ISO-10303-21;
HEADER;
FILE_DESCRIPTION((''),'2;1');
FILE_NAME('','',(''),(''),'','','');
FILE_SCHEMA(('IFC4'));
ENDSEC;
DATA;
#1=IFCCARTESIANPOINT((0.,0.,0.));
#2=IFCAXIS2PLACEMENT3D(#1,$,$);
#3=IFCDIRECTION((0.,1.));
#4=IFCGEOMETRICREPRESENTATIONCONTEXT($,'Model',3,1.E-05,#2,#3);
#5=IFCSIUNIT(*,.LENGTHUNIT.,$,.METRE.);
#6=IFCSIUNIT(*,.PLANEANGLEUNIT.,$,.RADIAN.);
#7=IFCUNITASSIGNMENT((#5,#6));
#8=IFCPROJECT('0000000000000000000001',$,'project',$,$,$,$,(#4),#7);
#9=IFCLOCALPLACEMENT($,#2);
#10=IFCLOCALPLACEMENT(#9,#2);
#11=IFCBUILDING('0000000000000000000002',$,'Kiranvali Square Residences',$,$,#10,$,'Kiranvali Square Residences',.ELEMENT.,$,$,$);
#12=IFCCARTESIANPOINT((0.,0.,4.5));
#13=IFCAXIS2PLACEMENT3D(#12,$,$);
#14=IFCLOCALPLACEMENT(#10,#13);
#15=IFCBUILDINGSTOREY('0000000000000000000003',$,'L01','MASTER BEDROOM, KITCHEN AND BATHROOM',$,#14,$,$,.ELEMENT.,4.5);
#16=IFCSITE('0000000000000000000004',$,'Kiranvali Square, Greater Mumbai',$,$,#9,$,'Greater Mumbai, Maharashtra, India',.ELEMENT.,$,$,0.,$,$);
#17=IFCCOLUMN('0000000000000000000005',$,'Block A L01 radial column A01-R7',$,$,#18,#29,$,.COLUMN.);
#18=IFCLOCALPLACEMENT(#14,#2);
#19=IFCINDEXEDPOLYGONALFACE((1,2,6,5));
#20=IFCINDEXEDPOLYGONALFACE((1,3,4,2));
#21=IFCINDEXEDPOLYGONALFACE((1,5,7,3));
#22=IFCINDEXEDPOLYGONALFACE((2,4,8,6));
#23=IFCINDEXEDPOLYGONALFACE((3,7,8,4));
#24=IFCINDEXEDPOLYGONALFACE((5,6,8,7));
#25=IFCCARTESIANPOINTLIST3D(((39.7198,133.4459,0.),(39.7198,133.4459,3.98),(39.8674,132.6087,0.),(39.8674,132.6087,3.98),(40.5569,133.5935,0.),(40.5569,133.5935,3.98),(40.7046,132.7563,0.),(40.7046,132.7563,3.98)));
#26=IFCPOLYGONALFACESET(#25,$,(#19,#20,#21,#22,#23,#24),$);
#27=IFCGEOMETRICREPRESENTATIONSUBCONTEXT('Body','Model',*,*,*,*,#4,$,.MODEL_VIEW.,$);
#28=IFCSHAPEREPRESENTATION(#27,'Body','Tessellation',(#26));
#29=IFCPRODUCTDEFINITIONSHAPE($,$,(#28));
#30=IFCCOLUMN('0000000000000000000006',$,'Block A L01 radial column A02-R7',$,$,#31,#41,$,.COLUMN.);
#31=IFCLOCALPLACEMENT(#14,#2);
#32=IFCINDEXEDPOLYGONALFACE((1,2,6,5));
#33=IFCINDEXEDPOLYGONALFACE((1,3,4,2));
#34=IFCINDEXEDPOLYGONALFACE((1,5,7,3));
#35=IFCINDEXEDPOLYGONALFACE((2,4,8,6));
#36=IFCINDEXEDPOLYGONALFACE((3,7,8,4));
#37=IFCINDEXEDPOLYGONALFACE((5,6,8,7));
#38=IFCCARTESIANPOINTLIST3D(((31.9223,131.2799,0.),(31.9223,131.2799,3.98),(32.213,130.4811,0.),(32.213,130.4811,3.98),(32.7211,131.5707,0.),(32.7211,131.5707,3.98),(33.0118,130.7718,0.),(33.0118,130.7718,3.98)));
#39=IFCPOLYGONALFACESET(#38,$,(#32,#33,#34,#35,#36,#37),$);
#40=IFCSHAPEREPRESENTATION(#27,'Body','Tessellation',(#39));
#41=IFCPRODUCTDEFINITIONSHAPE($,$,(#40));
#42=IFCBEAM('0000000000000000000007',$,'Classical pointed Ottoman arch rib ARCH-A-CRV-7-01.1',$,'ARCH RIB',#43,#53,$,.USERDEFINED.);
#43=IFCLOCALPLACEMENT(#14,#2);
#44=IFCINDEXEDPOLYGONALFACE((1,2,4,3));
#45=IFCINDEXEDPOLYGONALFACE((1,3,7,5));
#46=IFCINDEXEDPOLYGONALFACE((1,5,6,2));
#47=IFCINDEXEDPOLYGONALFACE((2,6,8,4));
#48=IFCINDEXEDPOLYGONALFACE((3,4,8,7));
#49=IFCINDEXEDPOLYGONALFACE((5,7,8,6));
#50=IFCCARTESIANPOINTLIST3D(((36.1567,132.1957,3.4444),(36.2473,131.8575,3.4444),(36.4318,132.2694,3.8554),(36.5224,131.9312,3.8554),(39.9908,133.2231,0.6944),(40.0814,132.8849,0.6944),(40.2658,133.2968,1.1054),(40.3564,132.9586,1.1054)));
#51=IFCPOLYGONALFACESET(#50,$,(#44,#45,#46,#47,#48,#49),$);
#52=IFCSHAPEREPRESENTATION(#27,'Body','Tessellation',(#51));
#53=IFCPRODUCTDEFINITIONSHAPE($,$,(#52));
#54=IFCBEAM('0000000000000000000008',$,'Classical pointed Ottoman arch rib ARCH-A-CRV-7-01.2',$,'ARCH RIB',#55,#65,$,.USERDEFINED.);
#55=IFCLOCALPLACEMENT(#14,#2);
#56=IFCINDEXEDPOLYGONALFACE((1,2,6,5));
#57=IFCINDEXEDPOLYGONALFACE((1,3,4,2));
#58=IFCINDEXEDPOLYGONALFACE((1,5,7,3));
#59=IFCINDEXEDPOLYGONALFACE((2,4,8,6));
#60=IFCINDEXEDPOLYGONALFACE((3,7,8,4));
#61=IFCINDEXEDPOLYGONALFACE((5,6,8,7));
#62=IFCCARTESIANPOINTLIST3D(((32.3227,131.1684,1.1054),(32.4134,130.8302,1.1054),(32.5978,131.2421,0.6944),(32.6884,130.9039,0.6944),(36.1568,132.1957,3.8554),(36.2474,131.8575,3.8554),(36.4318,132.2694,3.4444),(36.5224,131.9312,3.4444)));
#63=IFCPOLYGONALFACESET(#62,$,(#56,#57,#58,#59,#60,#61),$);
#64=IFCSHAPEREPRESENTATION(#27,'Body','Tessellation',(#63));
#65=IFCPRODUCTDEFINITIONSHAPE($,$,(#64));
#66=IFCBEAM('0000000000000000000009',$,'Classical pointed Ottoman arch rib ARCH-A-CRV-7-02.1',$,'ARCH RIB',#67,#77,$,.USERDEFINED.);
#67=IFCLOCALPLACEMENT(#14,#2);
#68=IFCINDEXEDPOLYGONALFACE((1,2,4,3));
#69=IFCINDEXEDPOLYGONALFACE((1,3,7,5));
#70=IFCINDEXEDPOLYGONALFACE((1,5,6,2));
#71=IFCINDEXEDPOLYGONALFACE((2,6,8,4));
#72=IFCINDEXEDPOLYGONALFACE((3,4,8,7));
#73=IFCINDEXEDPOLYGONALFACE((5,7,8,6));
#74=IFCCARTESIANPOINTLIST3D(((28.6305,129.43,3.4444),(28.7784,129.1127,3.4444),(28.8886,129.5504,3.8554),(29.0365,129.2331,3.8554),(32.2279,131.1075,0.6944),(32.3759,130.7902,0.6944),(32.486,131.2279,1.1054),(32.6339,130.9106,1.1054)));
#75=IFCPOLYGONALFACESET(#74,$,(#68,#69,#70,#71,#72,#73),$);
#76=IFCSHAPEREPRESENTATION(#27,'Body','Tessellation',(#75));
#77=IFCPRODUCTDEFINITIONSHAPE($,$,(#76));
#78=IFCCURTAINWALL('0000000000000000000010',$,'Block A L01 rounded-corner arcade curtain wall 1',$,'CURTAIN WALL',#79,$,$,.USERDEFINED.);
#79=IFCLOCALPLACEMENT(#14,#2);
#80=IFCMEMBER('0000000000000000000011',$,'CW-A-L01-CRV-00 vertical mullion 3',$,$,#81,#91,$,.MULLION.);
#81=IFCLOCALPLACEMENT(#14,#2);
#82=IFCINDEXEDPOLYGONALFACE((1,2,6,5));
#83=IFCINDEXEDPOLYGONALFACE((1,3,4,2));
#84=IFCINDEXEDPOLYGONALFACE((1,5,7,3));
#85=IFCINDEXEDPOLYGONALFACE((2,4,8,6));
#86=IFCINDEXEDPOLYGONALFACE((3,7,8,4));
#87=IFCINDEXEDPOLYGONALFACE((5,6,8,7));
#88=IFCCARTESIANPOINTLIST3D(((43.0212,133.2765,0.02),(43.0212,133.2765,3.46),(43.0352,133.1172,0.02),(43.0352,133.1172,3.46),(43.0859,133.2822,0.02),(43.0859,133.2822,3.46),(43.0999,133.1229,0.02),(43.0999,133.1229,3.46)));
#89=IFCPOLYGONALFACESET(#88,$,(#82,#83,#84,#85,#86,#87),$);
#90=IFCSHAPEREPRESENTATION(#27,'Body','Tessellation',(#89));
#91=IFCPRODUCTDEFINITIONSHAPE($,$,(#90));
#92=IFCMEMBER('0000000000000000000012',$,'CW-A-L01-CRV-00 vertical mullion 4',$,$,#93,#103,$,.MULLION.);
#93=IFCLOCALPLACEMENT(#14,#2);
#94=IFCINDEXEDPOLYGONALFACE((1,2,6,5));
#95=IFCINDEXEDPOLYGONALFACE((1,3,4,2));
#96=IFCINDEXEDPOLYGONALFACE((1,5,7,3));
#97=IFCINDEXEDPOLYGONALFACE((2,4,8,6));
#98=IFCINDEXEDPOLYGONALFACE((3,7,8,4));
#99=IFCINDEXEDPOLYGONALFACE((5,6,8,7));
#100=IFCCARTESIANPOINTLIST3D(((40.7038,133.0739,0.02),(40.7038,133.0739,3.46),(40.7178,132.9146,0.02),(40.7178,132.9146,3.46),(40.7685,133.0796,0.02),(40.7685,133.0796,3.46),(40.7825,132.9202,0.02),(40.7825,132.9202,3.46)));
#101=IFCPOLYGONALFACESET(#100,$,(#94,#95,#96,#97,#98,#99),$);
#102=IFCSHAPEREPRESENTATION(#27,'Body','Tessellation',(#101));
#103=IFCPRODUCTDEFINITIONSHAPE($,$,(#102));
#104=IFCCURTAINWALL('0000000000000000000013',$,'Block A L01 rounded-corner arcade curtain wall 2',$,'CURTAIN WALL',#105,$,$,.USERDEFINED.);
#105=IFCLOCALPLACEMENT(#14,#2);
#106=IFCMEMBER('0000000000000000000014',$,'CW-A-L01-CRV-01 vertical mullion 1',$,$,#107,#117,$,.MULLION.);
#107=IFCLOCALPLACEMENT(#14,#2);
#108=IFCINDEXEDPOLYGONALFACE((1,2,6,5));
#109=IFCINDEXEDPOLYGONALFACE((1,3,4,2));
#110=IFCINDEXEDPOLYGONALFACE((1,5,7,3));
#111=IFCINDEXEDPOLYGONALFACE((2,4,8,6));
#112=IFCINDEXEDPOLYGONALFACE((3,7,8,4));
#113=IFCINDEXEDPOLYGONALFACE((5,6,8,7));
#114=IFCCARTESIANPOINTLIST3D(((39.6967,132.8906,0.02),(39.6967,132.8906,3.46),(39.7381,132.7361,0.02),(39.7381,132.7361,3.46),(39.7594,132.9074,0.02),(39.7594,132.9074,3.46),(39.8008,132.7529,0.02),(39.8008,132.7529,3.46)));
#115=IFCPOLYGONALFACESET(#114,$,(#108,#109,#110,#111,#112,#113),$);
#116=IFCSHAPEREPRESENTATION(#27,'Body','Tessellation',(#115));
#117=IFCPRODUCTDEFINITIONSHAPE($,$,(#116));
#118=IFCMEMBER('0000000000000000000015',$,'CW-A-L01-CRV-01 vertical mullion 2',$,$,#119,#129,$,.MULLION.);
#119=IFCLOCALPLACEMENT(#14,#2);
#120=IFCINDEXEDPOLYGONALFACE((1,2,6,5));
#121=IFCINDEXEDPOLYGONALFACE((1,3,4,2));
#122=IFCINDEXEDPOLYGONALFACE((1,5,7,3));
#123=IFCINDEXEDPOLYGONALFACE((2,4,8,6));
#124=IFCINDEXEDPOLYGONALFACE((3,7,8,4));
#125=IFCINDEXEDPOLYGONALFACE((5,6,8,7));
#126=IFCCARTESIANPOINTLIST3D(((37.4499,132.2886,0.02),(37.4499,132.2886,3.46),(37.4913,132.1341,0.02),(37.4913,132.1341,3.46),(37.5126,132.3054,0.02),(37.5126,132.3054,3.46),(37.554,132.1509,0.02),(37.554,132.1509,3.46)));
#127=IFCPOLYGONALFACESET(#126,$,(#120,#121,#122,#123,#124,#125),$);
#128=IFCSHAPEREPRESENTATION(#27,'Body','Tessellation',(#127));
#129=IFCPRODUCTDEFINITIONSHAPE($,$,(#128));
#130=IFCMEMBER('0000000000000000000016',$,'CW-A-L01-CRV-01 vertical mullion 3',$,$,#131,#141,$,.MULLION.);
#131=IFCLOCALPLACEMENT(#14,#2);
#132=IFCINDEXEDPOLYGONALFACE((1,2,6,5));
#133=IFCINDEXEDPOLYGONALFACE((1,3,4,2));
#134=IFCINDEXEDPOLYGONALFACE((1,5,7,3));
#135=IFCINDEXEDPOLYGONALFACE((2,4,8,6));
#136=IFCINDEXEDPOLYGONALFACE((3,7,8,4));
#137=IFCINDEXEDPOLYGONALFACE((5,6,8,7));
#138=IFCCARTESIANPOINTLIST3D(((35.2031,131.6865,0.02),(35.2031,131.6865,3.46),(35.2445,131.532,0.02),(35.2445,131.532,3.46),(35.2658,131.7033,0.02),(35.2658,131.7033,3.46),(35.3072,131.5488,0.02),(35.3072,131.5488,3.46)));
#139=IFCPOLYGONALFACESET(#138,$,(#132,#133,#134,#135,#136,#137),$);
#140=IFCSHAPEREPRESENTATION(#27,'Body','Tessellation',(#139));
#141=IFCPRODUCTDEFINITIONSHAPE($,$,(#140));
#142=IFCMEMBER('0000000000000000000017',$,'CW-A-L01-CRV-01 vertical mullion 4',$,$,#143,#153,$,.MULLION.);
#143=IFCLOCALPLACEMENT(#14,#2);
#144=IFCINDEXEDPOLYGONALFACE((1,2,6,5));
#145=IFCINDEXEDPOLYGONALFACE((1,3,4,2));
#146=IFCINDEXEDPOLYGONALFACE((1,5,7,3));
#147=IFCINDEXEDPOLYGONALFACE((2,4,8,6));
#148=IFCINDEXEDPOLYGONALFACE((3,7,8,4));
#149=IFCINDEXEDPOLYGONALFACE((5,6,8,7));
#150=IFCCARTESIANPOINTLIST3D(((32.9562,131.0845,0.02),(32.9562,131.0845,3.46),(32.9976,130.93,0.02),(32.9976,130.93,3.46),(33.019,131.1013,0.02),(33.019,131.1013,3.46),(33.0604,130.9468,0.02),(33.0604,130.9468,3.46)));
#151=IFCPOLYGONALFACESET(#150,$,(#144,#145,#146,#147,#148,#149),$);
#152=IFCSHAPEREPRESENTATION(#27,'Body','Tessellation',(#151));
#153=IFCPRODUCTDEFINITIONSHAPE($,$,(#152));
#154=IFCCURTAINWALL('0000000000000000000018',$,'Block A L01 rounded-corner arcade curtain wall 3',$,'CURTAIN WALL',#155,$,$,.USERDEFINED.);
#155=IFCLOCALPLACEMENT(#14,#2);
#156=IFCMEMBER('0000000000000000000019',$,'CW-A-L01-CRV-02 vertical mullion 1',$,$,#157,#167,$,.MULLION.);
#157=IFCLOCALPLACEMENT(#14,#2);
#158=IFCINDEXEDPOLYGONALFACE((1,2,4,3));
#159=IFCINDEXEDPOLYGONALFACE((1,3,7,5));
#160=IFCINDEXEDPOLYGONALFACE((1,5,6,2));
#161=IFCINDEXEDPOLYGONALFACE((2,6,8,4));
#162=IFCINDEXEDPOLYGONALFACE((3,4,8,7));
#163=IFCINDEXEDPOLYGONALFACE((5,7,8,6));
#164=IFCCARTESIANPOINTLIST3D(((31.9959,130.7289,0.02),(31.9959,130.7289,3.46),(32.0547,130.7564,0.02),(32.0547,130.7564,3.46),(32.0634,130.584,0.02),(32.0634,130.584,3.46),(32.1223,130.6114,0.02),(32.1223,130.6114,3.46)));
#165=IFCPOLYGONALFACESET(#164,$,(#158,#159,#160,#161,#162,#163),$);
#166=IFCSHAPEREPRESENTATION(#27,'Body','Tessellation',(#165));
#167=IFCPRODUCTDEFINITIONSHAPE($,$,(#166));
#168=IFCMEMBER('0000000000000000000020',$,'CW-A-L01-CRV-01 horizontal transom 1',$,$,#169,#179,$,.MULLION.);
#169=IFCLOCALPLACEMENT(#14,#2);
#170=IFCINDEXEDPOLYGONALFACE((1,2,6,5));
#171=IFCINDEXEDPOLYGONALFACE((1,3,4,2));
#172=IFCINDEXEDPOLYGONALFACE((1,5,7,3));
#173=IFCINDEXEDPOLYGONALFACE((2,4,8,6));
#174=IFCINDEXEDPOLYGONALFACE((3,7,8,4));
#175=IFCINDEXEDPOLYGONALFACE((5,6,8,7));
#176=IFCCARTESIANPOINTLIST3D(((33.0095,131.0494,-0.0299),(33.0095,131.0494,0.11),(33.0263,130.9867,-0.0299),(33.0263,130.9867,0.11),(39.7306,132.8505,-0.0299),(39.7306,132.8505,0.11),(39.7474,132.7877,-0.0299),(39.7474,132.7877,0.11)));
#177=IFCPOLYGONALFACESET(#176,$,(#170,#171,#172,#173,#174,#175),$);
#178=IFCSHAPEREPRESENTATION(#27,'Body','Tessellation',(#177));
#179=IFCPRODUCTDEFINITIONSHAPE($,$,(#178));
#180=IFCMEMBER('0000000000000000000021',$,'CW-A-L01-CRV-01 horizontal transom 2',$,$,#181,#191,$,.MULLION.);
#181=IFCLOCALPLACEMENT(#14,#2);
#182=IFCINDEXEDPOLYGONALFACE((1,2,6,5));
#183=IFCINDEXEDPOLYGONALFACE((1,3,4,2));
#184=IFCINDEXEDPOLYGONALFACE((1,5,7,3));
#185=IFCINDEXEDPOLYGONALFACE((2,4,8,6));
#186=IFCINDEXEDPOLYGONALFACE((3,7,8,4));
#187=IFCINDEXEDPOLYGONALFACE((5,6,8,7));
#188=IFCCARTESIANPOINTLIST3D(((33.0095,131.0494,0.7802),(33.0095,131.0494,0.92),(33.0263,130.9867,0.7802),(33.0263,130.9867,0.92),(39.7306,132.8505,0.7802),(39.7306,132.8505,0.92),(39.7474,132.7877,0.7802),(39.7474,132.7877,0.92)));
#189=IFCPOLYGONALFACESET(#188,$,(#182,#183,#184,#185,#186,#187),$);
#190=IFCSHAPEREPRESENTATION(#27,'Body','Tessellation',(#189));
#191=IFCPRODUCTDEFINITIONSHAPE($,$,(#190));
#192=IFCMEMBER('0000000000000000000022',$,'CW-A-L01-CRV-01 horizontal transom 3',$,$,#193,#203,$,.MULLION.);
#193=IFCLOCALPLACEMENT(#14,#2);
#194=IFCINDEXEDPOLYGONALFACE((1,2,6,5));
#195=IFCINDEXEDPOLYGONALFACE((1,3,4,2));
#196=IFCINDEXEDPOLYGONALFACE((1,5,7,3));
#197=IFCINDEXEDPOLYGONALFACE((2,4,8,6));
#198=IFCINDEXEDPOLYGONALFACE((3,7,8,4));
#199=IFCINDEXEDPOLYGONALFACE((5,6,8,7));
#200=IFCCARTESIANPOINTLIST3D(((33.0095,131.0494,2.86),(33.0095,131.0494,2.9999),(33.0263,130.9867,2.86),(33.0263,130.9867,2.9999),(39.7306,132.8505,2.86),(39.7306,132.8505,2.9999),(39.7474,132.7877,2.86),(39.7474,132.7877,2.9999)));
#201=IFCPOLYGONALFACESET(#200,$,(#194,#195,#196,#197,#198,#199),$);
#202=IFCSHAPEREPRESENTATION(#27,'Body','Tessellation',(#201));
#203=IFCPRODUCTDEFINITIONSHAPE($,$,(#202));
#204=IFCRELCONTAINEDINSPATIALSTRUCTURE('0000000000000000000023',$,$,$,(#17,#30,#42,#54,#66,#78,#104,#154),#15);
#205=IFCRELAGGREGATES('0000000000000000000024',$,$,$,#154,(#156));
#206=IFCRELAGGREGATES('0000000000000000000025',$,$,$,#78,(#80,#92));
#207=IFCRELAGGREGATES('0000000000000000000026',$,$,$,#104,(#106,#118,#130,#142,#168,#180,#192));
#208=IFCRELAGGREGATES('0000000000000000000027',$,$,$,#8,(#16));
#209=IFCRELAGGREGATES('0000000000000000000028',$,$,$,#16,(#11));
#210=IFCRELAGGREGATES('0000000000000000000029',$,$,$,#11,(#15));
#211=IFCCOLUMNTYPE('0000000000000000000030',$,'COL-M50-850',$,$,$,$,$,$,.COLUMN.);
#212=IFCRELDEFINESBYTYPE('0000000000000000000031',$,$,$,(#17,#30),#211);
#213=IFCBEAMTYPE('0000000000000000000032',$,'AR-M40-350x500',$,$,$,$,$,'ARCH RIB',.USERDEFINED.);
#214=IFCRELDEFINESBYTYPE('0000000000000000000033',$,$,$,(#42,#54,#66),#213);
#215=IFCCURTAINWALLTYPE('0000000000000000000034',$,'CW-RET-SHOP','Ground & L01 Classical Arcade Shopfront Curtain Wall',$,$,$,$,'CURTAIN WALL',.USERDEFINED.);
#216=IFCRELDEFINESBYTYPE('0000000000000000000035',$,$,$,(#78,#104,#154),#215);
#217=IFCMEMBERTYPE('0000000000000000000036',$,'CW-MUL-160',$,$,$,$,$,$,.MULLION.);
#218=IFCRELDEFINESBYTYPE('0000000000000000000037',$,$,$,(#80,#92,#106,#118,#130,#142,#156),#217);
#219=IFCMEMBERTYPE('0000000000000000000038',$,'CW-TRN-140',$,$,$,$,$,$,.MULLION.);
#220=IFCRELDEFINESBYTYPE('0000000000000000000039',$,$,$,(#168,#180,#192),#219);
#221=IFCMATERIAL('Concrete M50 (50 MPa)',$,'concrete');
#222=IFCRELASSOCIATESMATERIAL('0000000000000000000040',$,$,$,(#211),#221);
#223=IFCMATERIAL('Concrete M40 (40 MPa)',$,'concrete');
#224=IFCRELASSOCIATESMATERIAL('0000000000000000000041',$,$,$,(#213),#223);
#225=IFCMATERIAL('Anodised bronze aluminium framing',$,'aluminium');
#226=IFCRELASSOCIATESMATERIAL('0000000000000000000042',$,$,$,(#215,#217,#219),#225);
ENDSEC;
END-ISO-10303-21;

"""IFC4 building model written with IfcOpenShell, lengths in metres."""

from ifc_helpers import new_model, si_unit, direction, frame, origin, origin_2d, place, context, subcontext, project, spatial, rectangle, extrude, material, material_profile, profile_set, type_object, element, aggregate, save


model = new_model("IFC4")

# Units and contexts
model_context = context("Model", 3, precision=1e-05, world=origin(), true_north=direction((0.0, 1.0)))
body_context = subcontext(model_context, "Body", "Model", "MODEL_VIEW")
ifc_project = project(units=[si_unit("LENGTHUNIT", "METRE"), si_unit("PLANEANGLEUNIT", "RADIAN")], contexts=[model_context])

# Site, building, storey
site_placement = place(None, origin())
site = spatial("IfcSite", under=ifc_project, at=site_placement, Name="Kiranvali Square, Greater Mumbai", LongName="Greater Mumbai, Maharashtra, India", CompositionType="ELEMENT", RefElevation=0.0)
building_placement = place(site_placement, origin())
building = spatial("IfcBuilding", under=site, at=building_placement, Name="Kiranvali Square Residences", LongName="Kiranvali Square Residences", CompositionType="ELEMENT")
storey_placement = place(building_placement, frame((0.0, 0.0, 4.5)))
storey = spatial("IfcBuildingStorey", under=building, at=storey_placement, Name="L01", Description="MASTER BEDROOM, KITCHEN AND BATHROOM", CompositionType="ELEMENT", Elevation=4.5)

# Columns
ifc_material_1 = material(Name="Concrete M50 (50 MPa)", Category="concrete")
ifc_material_profile_1 = material_profile(ifc_material_1, rectangle(XDim=0.8501, YDim=0.8501, at=origin_2d()), Name="RC 850x850")
ifc_profile_set_1 = profile_set([ifc_material_profile_1], Name="Concrete M50 (50 MPa)")
column_type = type_object("IfcColumnType", Name="COL-M50-850", PredefinedType="COLUMN", material=ifc_profile_set_1)
for number, where, z_axis, x_axis, name in (
    (1, (40.2122, 133.1011, 0.0), (0.0, 0.0, 1.0), (0.984808, 0.173648, 0.0), "Block A L01 radial column A01-R7"),
    (2, (32.467, 131.0259, 0.0), (0.0, 0.0, 1.0), (0.939693, 0.34202, 0.0), "Block A L01 radial column A02-R7"),
):
    element("IfcColumn", number, at=place(storey_placement, frame(where, z_axis=z_axis, x_axis=x_axis)), inside=storey, type_object=column_type, Name=name, PredefinedType="COLUMN", context=body_context, shape_type="SweptSolid", body=[
        extrude(rectangle(XDim=0.8501, YDim=0.8501, at=origin_2d()), origin(), (0.0, 0.0, 1.0), 3.98),
    ])

# Beams
ifc_material_2 = material(Name="Concrete M40 (40 MPa)", Category="concrete")
ifc_material_profile_2 = material_profile(ifc_material_2, rectangle(XDim=0.3501, YDim=0.5, at=origin_2d()), Name="RC 350x500")
ifc_profile_set_2 = profile_set([ifc_material_profile_2], Name="Concrete M40 (40 MPa)")
beam_type_1 = type_object("IfcBeamType", Name="AR-M40-350x500", ElementType="ARCH RIB", PredefinedType="USERDEFINED", material=ifc_profile_set_2)
for number, where, z_axis, x_axis, name in (
    (3, (40.1736, 133.0908, 0.8999), (-0.793982, -0.212753, 0.569499), (0.258826, -0.965924, 0.0), "Classical pointed Ottoman arch rib ARCH-A-CRV-7-01.1"),
    (4, (36.3396, 132.0635, 3.6499), (-0.793982, -0.212753, -0.569499), (0.258826, -0.965924, 0.0), "Classical pointed Ottoman arch rib ARCH-A-CRV-7-01.2"),
    (5, (32.4309, 131.009, 0.8999), (-0.744982, -0.347389, 0.569493), (0.422616, -0.906309, 0.0), "Classical pointed Ottoman arch rib ARCH-A-CRV-7-02.1"),
):
    element("IfcBeam", number, at=place(storey_placement, frame(where, z_axis=z_axis, x_axis=x_axis)), inside=storey, type_object=beam_type_1, Name=name, ObjectType="ARCH RIB", PredefinedType="USERDEFINED", context=body_context, shape_type="SweptSolid", body=[
        extrude(rectangle(XDim=0.3501, YDim=0.5, at=origin_2d()), origin(), (0.0, 0.0, 1.0), 4.8289),
    ])

# Curtain walls, members
ifc_material_3 = material(Name="Anodised bronze aluminium framing", Category="aluminium")
curtain_wall_type = type_object("IfcCurtainWallType", Name="CW-RET-SHOP", Description="Ground & L01 Classical Arcade Shopfront Curtain Wall", ElementType="CURTAIN WALL", PredefinedType="USERDEFINED", material=ifc_material_3)
curtain_wall_1_placement = place(storey_placement, origin())
curtain_wall_1 = element("IfcCurtainWall", 6, at=curtain_wall_1_placement, inside=storey, type_object=curtain_wall_type, Name="Block A L01 rounded-corner arcade curtain wall 1", ObjectType="CURTAIN WALL", PredefinedType="USERDEFINED")
ifc_material_profile_3 = material_profile(ifc_material_3, rectangle(XDim=0.0649, YDim=0.1599, at=origin_2d()), Name="ALU 65x160")
ifc_profile_set_3 = profile_set([ifc_material_profile_3], Name="Anodised bronze aluminium framing")
member_type_1 = type_object("IfcMemberType", Name="CW-MUL-160", PredefinedType="MULLION", material=ifc_profile_set_3)
member_1_placement = place(storey_placement, frame((43.0605, 133.1997, 0.02), z_axis=(0.0, 0.0, 1.0), x_axis=(-0.996195, -0.087156, 0.0)))
member_1 = element("IfcMember", 7, at=member_1_placement, type_object=member_type_1, Name="CW-A-L01-CRV-00 vertical mullion 3", PredefinedType="MULLION", context=body_context, shape_type="SweptSolid", body=[
    extrude(rectangle(XDim=0.0649, YDim=0.1599, at=origin_2d()), origin(), (0.0, 0.0, 1.0), 3.4399),
])
member_2_placement = place(storey_placement, frame((40.7432, 132.9971, 0.02), z_axis=(0.0, 0.0, 1.0), x_axis=(-0.996195, -0.087156, 0.0)))
member_2 = element("IfcMember", 8, at=member_2_placement, type_object=member_type_1, Name="CW-A-L01-CRV-00 vertical mullion 4", PredefinedType="MULLION", context=body_context, shape_type="SweptSolid", body=[
    extrude(rectangle(XDim=0.0649, YDim=0.1599, at=origin_2d()), origin(), (0.0, 0.0, 1.0), 3.4399),
])
curtain_wall_2_placement = place(storey_placement, origin())
curtain_wall_2 = element("IfcCurtainWall", 9, at=curtain_wall_2_placement, inside=storey, type_object=curtain_wall_type, Name="Block A L01 rounded-corner arcade curtain wall 2", ObjectType="CURTAIN WALL", PredefinedType="USERDEFINED")
member_3_placement = place(storey_placement, frame((39.7488, 132.8218, 0.02), z_axis=(0.0, 0.0, 1.0), x_axis=(-0.965926, -0.258819, 0.0)))
member_3 = element("IfcMember", 10, at=member_3_placement, type_object=member_type_1, Name="CW-A-L01-CRV-01 vertical mullion 1", PredefinedType="MULLION", context=body_context, shape_type="SweptSolid", body=[
    extrude(rectangle(XDim=0.0649, YDim=0.1599, at=origin_2d()), origin(), (0.0, 0.0, 1.0), 3.4399),
])
member_4_placement = place(storey_placement, frame((37.502, 132.2197, 0.02), z_axis=(0.0, 0.0, 1.0), x_axis=(-0.965926, -0.258819, 0.0)))
member_4 = element("IfcMember", 11, at=member_4_placement, type_object=member_type_1, Name="CW-A-L01-CRV-01 vertical mullion 2", PredefinedType="MULLION", context=body_context, shape_type="SweptSolid", body=[
    extrude(rectangle(XDim=0.0649, YDim=0.1599, at=origin_2d()), origin(), (0.0, 0.0, 1.0), 3.4399),
])
member_5_placement = place(storey_placement, frame((35.2551, 131.6177, 0.02), z_axis=(0.0, 0.0, 1.0), x_axis=(-0.965926, -0.258819, 0.0)))
member_5 = element("IfcMember", 12, at=member_5_placement, type_object=member_type_1, Name="CW-A-L01-CRV-01 vertical mullion 3", PredefinedType="MULLION", context=body_context, shape_type="SweptSolid", body=[
    extrude(rectangle(XDim=0.0649, YDim=0.1599, at=origin_2d()), origin(), (0.0, 0.0, 1.0), 3.4399),
])
member_6_placement = place(storey_placement, frame((33.0083, 131.0156, 0.02), z_axis=(0.0, 0.0, 1.0), x_axis=(-0.965926, -0.258819, 0.0)))
member_6 = element("IfcMember", 13, at=member_6_placement, type_object=member_type_1, Name="CW-A-L01-CRV-01 vertical mullion 4", PredefinedType="MULLION", context=body_context, shape_type="SweptSolid", body=[
    extrude(rectangle(XDim=0.0649, YDim=0.1599, at=origin_2d()), origin(), (0.0, 0.0, 1.0), 3.4399),
])

# Curtain wall, member
curtain_wall_3_placement = place(storey_placement, origin())
curtain_wall_3 = element("IfcCurtainWall", 14, at=curtain_wall_3_placement, inside=storey, type_object=curtain_wall_type, Name="Block A L01 rounded-corner arcade curtain wall 3", ObjectType="CURTAIN WALL", PredefinedType="USERDEFINED")
member_7_placement = place(storey_placement, frame((32.0591, 130.6702, 0.02), z_axis=(0.0, 0.0, 1.0), x_axis=(-0.906308, -0.422618, 0.0)))
member_7 = element("IfcMember", 15, at=member_7_placement, type_object=member_type_1, Name="CW-A-L01-CRV-02 vertical mullion 1", PredefinedType="MULLION", context=body_context, shape_type="SweptSolid", body=[
    extrude(rectangle(XDim=0.0649, YDim=0.1599, at=origin_2d()), origin(), (0.0, 0.0, 1.0), 3.4399),
])
aggregate(curtain_wall_3, [member_7])

# Members
ifc_material_profile_4 = material_profile(ifc_material_3, rectangle(XDim=0.0649, YDim=0.1399, at=origin_2d()), Name="ALU 65x140")
ifc_profile_set_4 = profile_set([ifc_material_profile_4], Name="Anodised bronze aluminium framing")
member_type_2 = type_object("IfcMemberType", Name="CW-TRN-140", PredefinedType="MULLION", material=ifc_profile_set_4)
member_8_placement = place(storey_placement, frame((39.739, 132.8191, 0.04), z_axis=(-0.965923, -0.258831, 0.0), x_axis=(0.258831, -0.965923, 0.0)))
member_8 = element("IfcMember", 16, at=member_8_placement, type_object=member_type_2, Name="CW-A-L01-CRV-01 horizontal transom 1", PredefinedType="MULLION", context=body_context, shape_type="SweptSolid", body=[
    extrude(rectangle(XDim=0.0649, YDim=0.1399, at=origin_2d()), origin(), (0.0, 0.0, 1.0), 6.9583),
])
member_9_placement = place(storey_placement, frame((39.739, 132.8191, 0.8501), z_axis=(-0.965923, -0.258831, 0.0), x_axis=(0.258831, -0.965923, 0.0)))
member_9 = element("IfcMember", 17, at=member_9_placement, type_object=member_type_2, Name="CW-A-L01-CRV-01 horizontal transom 2", PredefinedType="MULLION", context=body_context, shape_type="SweptSolid", body=[
    extrude(rectangle(XDim=0.0649, YDim=0.1399, at=origin_2d()), origin(), (0.0, 0.0, 1.0), 6.9583),
])
member_10_placement = place(storey_placement, frame((39.739, 132.8191, 2.9299), z_axis=(-0.965923, -0.258831, 0.0), x_axis=(0.258831, -0.965923, 0.0)))
member_10 = element("IfcMember", 18, at=member_10_placement, type_object=member_type_2, Name="CW-A-L01-CRV-01 horizontal transom 3", PredefinedType="MULLION", context=body_context, shape_type="SweptSolid", body=[
    extrude(rectangle(XDim=0.0649, YDim=0.1399, at=origin_2d()), origin(), (0.0, 0.0, 1.0), 6.9583),
])

aggregate(curtain_wall_1, [member_1, member_2])
aggregate(curtain_wall_2, [member_3, member_4, member_5, member_6, member_8, member_9, member_10])

save(model, "model.ifc")
